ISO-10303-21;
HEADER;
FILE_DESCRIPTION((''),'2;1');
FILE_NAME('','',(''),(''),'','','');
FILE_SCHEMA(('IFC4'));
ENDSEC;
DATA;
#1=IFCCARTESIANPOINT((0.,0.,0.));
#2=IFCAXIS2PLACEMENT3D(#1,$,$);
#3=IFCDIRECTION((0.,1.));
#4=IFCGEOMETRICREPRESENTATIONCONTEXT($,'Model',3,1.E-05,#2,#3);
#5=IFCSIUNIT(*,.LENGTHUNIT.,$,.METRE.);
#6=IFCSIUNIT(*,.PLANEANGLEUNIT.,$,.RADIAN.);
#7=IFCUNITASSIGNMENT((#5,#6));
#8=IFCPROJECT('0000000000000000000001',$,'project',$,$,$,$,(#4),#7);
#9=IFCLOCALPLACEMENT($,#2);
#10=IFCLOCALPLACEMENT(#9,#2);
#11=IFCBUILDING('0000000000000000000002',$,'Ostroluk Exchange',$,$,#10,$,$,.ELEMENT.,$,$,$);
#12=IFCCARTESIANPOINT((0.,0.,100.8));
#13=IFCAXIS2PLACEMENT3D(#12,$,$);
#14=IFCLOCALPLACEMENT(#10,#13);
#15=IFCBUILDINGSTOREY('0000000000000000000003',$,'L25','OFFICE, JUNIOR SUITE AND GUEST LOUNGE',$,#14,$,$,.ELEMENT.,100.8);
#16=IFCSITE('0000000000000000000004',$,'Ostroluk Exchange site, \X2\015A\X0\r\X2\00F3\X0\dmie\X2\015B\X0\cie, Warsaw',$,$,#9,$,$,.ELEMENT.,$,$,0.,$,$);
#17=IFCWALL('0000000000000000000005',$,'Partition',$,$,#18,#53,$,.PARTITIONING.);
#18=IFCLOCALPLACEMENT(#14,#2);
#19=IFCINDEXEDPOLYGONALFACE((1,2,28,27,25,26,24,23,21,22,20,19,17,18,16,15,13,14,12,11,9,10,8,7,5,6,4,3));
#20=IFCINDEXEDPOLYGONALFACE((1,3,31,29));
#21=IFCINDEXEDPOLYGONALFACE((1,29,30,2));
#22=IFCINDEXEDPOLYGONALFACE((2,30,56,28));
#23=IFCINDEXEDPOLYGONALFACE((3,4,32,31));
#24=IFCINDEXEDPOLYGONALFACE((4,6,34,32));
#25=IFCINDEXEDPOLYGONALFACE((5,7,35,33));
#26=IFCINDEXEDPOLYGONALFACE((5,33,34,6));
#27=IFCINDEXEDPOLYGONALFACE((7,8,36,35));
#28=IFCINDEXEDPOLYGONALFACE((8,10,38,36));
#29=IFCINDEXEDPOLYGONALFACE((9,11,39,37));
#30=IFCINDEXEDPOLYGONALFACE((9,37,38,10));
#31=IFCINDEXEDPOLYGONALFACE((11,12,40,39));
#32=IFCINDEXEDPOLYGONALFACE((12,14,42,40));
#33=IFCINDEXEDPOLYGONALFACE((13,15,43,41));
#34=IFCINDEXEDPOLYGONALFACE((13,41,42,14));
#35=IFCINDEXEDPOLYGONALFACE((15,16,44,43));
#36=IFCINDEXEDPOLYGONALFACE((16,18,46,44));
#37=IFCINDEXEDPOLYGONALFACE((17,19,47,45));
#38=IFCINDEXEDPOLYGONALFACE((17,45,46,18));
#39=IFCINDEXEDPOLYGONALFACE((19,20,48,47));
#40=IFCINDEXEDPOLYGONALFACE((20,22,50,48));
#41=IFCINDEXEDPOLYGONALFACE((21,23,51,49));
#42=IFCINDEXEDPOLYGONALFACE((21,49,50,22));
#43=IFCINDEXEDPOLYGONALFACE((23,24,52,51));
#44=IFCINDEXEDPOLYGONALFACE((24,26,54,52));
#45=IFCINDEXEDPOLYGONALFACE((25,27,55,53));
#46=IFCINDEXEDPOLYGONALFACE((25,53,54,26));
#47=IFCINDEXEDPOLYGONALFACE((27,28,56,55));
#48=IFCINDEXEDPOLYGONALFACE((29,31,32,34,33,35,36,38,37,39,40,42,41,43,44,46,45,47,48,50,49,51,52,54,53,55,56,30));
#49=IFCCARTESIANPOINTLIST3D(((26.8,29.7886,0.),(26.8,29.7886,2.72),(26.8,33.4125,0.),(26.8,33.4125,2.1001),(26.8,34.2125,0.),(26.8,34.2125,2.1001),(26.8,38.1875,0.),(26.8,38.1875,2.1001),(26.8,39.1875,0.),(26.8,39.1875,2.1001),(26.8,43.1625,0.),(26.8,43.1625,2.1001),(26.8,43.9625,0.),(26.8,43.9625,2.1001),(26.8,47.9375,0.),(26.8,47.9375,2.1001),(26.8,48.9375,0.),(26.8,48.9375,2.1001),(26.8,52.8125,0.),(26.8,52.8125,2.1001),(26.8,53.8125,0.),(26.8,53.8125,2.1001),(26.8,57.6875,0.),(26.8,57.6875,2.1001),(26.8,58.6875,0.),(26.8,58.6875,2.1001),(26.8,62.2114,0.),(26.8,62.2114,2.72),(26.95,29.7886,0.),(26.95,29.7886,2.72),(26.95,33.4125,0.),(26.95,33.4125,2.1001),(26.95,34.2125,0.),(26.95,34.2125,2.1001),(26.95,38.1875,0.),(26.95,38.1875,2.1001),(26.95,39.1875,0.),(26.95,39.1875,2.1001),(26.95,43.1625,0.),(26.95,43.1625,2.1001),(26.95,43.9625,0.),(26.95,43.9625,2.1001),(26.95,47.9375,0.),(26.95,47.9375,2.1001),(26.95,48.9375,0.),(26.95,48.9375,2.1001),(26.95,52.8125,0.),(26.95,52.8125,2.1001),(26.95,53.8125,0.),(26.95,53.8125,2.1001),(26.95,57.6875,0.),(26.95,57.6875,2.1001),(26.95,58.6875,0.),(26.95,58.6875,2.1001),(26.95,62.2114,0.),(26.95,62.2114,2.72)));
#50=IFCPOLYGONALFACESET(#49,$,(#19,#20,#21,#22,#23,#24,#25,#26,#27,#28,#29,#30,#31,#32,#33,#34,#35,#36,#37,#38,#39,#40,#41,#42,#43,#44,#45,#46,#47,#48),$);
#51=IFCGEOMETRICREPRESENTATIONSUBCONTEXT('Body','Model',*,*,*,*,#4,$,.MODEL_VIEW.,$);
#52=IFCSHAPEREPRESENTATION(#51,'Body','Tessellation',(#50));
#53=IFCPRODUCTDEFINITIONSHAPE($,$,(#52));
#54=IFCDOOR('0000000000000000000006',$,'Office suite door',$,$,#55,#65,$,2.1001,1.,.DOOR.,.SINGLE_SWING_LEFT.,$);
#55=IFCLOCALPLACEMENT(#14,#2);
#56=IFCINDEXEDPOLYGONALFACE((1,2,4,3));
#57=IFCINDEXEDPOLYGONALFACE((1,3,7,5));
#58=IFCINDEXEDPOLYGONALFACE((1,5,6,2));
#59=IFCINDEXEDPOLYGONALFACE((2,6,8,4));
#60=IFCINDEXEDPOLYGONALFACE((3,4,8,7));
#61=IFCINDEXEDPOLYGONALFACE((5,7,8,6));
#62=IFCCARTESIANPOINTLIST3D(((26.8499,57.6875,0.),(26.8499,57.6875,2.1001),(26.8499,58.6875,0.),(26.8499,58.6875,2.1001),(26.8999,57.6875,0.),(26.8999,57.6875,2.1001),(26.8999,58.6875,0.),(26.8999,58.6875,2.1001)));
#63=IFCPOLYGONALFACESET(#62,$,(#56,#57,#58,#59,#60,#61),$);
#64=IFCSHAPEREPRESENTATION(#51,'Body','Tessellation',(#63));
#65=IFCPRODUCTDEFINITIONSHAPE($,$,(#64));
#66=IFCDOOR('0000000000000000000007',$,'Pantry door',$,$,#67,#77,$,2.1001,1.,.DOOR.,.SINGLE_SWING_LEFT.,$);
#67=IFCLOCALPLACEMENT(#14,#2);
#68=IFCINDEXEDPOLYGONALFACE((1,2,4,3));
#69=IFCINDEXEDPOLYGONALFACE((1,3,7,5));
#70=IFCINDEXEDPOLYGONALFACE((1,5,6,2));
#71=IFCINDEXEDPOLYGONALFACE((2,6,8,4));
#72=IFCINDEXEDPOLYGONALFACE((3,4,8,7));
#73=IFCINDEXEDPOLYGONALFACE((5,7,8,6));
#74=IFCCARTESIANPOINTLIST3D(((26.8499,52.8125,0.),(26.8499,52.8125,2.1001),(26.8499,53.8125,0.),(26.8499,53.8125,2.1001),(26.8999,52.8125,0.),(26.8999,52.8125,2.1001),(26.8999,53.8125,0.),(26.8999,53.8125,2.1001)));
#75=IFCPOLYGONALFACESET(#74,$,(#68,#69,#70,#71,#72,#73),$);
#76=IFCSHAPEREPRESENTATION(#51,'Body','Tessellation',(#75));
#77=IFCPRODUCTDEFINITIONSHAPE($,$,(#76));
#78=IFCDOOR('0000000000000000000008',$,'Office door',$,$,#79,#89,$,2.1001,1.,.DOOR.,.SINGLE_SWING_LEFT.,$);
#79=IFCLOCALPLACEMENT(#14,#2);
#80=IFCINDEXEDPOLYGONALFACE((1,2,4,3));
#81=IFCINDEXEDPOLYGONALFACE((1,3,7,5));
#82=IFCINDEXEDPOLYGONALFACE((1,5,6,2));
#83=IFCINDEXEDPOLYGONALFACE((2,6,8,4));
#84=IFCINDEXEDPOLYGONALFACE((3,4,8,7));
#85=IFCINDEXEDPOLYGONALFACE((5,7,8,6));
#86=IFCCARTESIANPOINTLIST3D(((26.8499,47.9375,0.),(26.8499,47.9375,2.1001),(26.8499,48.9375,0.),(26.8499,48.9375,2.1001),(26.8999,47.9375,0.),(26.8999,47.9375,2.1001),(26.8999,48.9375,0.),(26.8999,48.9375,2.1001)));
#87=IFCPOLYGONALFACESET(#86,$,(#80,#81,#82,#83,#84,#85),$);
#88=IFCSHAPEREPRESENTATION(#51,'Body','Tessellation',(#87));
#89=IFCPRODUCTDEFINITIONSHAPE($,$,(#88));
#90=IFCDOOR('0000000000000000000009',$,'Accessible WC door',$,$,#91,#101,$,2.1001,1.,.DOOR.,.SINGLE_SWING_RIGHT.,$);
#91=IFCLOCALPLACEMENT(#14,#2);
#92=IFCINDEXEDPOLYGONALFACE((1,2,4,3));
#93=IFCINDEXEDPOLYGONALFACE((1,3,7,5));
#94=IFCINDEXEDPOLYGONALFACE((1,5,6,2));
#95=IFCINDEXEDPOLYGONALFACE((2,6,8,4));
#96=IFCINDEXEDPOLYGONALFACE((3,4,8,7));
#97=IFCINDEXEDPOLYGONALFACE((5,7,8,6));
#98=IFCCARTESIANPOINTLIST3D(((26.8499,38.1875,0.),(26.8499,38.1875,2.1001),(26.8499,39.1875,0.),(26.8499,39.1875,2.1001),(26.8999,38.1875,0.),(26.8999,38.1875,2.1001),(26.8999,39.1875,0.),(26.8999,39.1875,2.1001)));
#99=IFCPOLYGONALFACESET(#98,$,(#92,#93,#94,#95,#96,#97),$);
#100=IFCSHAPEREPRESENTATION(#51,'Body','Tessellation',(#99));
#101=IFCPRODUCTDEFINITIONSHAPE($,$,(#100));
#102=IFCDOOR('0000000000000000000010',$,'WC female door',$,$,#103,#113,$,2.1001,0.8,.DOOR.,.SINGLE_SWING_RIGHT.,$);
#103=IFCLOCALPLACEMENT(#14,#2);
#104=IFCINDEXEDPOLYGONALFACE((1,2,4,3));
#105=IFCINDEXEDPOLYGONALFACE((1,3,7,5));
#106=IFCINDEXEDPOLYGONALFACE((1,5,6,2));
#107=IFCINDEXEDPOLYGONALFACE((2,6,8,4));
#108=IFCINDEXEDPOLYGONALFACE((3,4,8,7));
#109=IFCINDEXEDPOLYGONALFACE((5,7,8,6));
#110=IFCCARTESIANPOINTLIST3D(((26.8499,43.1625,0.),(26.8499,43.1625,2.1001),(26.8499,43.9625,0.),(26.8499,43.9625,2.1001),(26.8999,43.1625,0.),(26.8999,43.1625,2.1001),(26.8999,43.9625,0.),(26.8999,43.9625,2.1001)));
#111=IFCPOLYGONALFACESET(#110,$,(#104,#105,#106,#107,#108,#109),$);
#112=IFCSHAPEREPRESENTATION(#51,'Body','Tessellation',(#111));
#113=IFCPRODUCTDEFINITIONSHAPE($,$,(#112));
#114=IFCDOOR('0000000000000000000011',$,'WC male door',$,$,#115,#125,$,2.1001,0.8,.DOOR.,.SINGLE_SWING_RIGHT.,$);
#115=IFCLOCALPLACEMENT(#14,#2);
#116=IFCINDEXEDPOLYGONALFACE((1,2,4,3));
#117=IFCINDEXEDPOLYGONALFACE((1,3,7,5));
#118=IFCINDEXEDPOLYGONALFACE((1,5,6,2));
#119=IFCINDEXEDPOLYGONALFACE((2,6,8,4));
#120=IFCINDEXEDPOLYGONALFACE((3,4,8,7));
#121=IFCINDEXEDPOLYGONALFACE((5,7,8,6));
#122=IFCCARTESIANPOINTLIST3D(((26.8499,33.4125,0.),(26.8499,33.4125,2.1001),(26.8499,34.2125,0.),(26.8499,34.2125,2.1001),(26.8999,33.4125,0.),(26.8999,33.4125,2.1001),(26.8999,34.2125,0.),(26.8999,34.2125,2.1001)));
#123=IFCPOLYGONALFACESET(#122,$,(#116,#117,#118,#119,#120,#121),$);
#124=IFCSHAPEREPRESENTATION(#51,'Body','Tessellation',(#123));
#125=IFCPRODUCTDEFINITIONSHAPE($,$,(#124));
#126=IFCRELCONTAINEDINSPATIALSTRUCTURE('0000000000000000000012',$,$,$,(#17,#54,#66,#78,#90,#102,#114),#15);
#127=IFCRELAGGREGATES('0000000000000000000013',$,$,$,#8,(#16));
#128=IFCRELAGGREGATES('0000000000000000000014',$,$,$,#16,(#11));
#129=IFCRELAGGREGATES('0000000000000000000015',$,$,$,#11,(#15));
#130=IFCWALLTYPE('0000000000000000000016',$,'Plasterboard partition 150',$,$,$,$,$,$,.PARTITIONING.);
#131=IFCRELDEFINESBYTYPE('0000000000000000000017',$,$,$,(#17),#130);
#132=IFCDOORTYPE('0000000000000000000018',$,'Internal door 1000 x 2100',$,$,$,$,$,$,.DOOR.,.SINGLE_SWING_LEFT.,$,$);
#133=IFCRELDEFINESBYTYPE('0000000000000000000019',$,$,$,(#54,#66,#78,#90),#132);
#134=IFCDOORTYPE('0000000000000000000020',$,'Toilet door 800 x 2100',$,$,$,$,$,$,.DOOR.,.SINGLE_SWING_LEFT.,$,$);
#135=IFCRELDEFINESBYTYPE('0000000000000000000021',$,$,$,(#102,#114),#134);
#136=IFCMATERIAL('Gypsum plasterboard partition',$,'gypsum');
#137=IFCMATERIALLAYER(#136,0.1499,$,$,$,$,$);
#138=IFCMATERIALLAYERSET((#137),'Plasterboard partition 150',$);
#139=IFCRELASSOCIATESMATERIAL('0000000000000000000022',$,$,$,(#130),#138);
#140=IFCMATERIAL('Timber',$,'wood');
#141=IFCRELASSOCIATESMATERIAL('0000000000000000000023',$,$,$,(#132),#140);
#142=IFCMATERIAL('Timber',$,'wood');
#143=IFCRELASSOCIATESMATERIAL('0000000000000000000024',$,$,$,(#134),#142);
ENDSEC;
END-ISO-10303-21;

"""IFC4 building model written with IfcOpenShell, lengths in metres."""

from ifc_helpers import new_model, si_unit, direction, frame, frame_2d, origin, place, context, subcontext, project, spatial, rectangle, extrude, material, layer, layer_set, type_object, element, fill, save


model = new_model("IFC4")

# Units and contexts
model_context = context("Model", 3, precision=1e-05, world=origin(), true_north=direction((0.0, 1.0)))
body_context = subcontext(model_context, "Body", "Model", "MODEL_VIEW")
ifc_project = project(units=[si_unit("LENGTHUNIT", "METRE"), si_unit("PLANEANGLEUNIT", "RADIAN")], contexts=[model_context])

# Site, building, storey
site_placement = place(None, origin())
site = spatial("IfcSite", under=ifc_project, at=site_placement, Name="Ostroluk Exchange site, Śródmieście, Warsaw", CompositionType="ELEMENT", RefElevation=0.0)
building_placement = place(site_placement, origin())
building = spatial("IfcBuilding", under=site, at=building_placement, Name="Ostroluk Exchange", CompositionType="ELEMENT")
storey_placement = place(building_placement, frame((0.0, 0.0, 100.8)))
storey = spatial("IfcBuildingStorey", under=building, at=storey_placement, Name="L25", Description="OFFICE, JUNIOR SUITE AND GUEST LOUNGE", CompositionType="ELEMENT", Elevation=100.8)

# Wall, openings, doors
ifc_material_1 = material(Name="Gypsum plasterboard partition", Category="gypsum")
ifc_layer_1 = layer(ifc_material_1, 0.1499)
ifc_layer_set_1 = layer_set([ifc_layer_1], Name="Plasterboard partition 150")
wall_type_1 = type_object("IfcWallType", Name="Plasterboard partition 150", PredefinedType="PARTITIONING", material=ifc_layer_set_1)
wall_1_placement = place(storey_placement, frame((26.875, 62.2114, 0.0), z_axis=(0.0, 0.0, 1.0), x_axis=(0.0, -1.0, 0.0)))
wall_1 = element("IfcWall", 1, at=wall_1_placement, inside=storey, type_object=wall_type_1, Name="Partition", PredefinedType="PARTITIONING", context=body_context, shape_type="SweptSolid", body=[
    extrude(rectangle(XDim=32.4229, YDim=0.1499, at=frame_2d((16.2114, 0.0))), origin(), (0.0, 0.0, 1.0), 2.72),
])
opening_1_placement = place(wall_1_placement, frame((3.5239, 0.0, 0.0)))
opening_1 = element("IfcOpeningElement", 2, at=opening_1_placement, cuts=wall_1, PredefinedType="OPENING", context=body_context, shape_type="SweptSolid", body=[
    extrude(rectangle(XDim=1.0, YDim=2.1001, at=frame_2d((0.5, 1.05))), frame((0.0, 0.085, 0.0), z_axis=(0.0, -1.0, 0.0), x_axis=(1.0, 0.0, 0.0)), (0.0, 0.0, 1.0), 0.1699),
])
opening_2_placement = place(wall_1_placement, frame((8.3989, 0.0, 0.0)))
opening_2 = element("IfcOpeningElement", 3, at=opening_2_placement, cuts=wall_1, PredefinedType="OPENING", context=body_context, shape_type="SweptSolid", body=[
    extrude(rectangle(XDim=1.0, YDim=2.1001, at=frame_2d((0.5, 1.05))), frame((0.0, 0.085, 0.0), z_axis=(0.0, -1.0, 0.0), x_axis=(1.0, 0.0, 0.0)), (0.0, 0.0, 1.0), 0.1699),
])
opening_3_placement = place(wall_1_placement, frame((13.2739, 0.0, 0.0)))
opening_3 = element("IfcOpeningElement", 4, at=opening_3_placement, cuts=wall_1, PredefinedType="OPENING", context=body_context, shape_type="SweptSolid", body=[
    extrude(rectangle(XDim=1.0, YDim=2.1001, at=frame_2d((0.5, 1.05))), frame((0.0, 0.085, 0.0), z_axis=(0.0, -1.0, 0.0), x_axis=(1.0, 0.0, 0.0)), (0.0, 0.0, 1.0), 0.1699),
])
opening_4_placement = place(wall_1_placement, frame((18.249, 0.0, 0.0)))
opening_4 = element("IfcOpeningElement", 5, at=opening_4_placement, cuts=wall_1, PredefinedType="OPENING", context=body_context, shape_type="SweptSolid", body=[
    extrude(rectangle(XDim=0.8, YDim=2.1001, at=frame_2d((0.3999, 1.05))), frame((0.0, 0.085, 0.0), z_axis=(0.0, -1.0, 0.0), x_axis=(1.0, 0.0, 0.0)), (0.0, 0.0, 1.0), 0.1699),
])
opening_5_placement = place(wall_1_placement, frame((23.0239, 0.0, 0.0)))
opening_5 = element("IfcOpeningElement", 6, at=opening_5_placement, cuts=wall_1, PredefinedType="OPENING", context=body_context, shape_type="SweptSolid", body=[
    extrude(rectangle(XDim=1.0, YDim=2.1001, at=frame_2d((0.5, 1.05))), frame((0.0, 0.085, 0.0), z_axis=(0.0, -1.0, 0.0), x_axis=(1.0, 0.0, 0.0)), (0.0, 0.0, 1.0), 0.1699),
])
opening_6_placement = place(wall_1_placement, frame((27.999, 0.0, 0.0)))
opening_6 = element("IfcOpeningElement", 7, at=opening_6_placement, cuts=wall_1, PredefinedType="OPENING", context=body_context, shape_type="SweptSolid", body=[
    extrude(rectangle(XDim=0.8, YDim=2.1001, at=frame_2d((0.3999, 1.05))), frame((0.0, 0.085, 0.0), z_axis=(0.0, -1.0, 0.0), x_axis=(1.0, 0.0, 0.0)), (0.0, 0.0, 1.0), 0.1699),
])
ifc_material_2 = material(Name="Timber", Category="wood")
door_type_1 = type_object("IfcDoorType", Name="Internal door 1000 x 2100", OperationType="SINGLE_SWING_LEFT", PredefinedType="DOOR", material=ifc_material_2)
door_1_placement = place(opening_1_placement, origin())
door_1 = element("IfcDoor", 8, at=door_1_placement, inside=storey, type_object=door_type_1, Name="Office suite door", OperationType="SINGLE_SWING_LEFT", OverallHeight=2.1001, OverallWidth=1.0, PredefinedType="DOOR", context=body_context, shape_type="SweptSolid", body=[
    extrude(rectangle(XDim=1.0, YDim=2.1001, at=frame_2d((0.5, 1.05))), frame((0.0, 0.0249, 0.0), z_axis=(0.0, -1.0, 0.0), x_axis=(1.0, 0.0, 0.0)), (0.0, 0.0, 1.0), 0.05),
])
fill(opening_1, door_1)
door_2_placement = place(opening_2_placement, origin())
door_2 = element("IfcDoor", 9, at=door_2_placement, inside=storey, type_object=door_type_1, Name="Pantry door", OperationType="SINGLE_SWING_LEFT", OverallHeight=2.1001, OverallWidth=1.0, PredefinedType="DOOR", context=body_context, shape_type="SweptSolid", body=[
    extrude(rectangle(XDim=1.0, YDim=2.1001, at=frame_2d((0.5, 1.05))), frame((0.0, 0.0249, 0.0), z_axis=(0.0, -1.0, 0.0), x_axis=(1.0, 0.0, 0.0)), (0.0, 0.0, 1.0), 0.05),
])
fill(opening_2, door_2)
door_3_placement = place(opening_3_placement, origin())
door_3 = element("IfcDoor", 10, at=door_3_placement, inside=storey, type_object=door_type_1, Name="Office door", OperationType="SINGLE_SWING_LEFT", OverallHeight=2.1001, OverallWidth=1.0, PredefinedType="DOOR", context=body_context, shape_type="SweptSolid", body=[
    extrude(rectangle(XDim=1.0, YDim=2.1001, at=frame_2d((0.5, 1.05))), frame((0.0, 0.0249, 0.0), z_axis=(0.0, -1.0, 0.0), x_axis=(1.0, 0.0, 0.0)), (0.0, 0.0, 1.0), 0.05),
])
fill(opening_3, door_3)
door_4_placement = place(opening_5_placement, origin())
door_4 = element("IfcDoor", 11, at=door_4_placement, inside=storey, type_object=door_type_1, Name="Accessible WC door", OperationType="SINGLE_SWING_RIGHT", OverallHeight=2.1001, OverallWidth=1.0, PredefinedType="DOOR", context=body_context, shape_type="SweptSolid", body=[
    extrude(rectangle(XDim=1.0, YDim=2.1001, at=frame_2d((0.5, 1.05))), frame((0.0, 0.0249, 0.0), z_axis=(0.0, -1.0, 0.0), x_axis=(1.0, 0.0, 0.0)), (0.0, 0.0, 1.0), 0.05),
])
fill(opening_5, door_4)
ifc_material_3 = material(Name="Timber", Category="wood")
door_type_2 = type_object("IfcDoorType", Name="Toilet door 800 x 2100", OperationType="SINGLE_SWING_LEFT", PredefinedType="DOOR", material=ifc_material_3)
door_5_placement = place(opening_4_placement, origin())
door_5 = element("IfcDoor", 12, at=door_5_placement, inside=storey, type_object=door_type_2, Name="WC female door", OperationType="SINGLE_SWING_RIGHT", OverallHeight=2.1001, OverallWidth=0.8, PredefinedType="DOOR", context=body_context, shape_type="SweptSolid", body=[
    extrude(rectangle(XDim=0.8, YDim=2.1001, at=frame_2d((0.3999, 1.05))), frame((0.0, 0.0249, 0.0), z_axis=(0.0, -1.0, 0.0), x_axis=(1.0, 0.0, 0.0)), (0.0, 0.0, 1.0), 0.05),
])
fill(opening_4, door_5)
door_6_placement = place(opening_6_placement, origin())
door_6 = element("IfcDoor", 13, at=door_6_placement, inside=storey, type_object=door_type_2, Name="WC male door", OperationType="SINGLE_SWING_RIGHT", OverallHeight=2.1001, OverallWidth=0.8, PredefinedType="DOOR", context=body_context, shape_type="SweptSolid", body=[
    extrude(rectangle(XDim=0.8, YDim=2.1001, at=frame_2d((0.3999, 1.05))), frame((0.0, 0.0249, 0.0), z_axis=(0.0, -1.0, 0.0), x_axis=(1.0, 0.0, 0.0)), (0.0, 0.0, 1.0), 0.05),
])
fill(opening_6, door_6)

save(model, "model.ifc")
